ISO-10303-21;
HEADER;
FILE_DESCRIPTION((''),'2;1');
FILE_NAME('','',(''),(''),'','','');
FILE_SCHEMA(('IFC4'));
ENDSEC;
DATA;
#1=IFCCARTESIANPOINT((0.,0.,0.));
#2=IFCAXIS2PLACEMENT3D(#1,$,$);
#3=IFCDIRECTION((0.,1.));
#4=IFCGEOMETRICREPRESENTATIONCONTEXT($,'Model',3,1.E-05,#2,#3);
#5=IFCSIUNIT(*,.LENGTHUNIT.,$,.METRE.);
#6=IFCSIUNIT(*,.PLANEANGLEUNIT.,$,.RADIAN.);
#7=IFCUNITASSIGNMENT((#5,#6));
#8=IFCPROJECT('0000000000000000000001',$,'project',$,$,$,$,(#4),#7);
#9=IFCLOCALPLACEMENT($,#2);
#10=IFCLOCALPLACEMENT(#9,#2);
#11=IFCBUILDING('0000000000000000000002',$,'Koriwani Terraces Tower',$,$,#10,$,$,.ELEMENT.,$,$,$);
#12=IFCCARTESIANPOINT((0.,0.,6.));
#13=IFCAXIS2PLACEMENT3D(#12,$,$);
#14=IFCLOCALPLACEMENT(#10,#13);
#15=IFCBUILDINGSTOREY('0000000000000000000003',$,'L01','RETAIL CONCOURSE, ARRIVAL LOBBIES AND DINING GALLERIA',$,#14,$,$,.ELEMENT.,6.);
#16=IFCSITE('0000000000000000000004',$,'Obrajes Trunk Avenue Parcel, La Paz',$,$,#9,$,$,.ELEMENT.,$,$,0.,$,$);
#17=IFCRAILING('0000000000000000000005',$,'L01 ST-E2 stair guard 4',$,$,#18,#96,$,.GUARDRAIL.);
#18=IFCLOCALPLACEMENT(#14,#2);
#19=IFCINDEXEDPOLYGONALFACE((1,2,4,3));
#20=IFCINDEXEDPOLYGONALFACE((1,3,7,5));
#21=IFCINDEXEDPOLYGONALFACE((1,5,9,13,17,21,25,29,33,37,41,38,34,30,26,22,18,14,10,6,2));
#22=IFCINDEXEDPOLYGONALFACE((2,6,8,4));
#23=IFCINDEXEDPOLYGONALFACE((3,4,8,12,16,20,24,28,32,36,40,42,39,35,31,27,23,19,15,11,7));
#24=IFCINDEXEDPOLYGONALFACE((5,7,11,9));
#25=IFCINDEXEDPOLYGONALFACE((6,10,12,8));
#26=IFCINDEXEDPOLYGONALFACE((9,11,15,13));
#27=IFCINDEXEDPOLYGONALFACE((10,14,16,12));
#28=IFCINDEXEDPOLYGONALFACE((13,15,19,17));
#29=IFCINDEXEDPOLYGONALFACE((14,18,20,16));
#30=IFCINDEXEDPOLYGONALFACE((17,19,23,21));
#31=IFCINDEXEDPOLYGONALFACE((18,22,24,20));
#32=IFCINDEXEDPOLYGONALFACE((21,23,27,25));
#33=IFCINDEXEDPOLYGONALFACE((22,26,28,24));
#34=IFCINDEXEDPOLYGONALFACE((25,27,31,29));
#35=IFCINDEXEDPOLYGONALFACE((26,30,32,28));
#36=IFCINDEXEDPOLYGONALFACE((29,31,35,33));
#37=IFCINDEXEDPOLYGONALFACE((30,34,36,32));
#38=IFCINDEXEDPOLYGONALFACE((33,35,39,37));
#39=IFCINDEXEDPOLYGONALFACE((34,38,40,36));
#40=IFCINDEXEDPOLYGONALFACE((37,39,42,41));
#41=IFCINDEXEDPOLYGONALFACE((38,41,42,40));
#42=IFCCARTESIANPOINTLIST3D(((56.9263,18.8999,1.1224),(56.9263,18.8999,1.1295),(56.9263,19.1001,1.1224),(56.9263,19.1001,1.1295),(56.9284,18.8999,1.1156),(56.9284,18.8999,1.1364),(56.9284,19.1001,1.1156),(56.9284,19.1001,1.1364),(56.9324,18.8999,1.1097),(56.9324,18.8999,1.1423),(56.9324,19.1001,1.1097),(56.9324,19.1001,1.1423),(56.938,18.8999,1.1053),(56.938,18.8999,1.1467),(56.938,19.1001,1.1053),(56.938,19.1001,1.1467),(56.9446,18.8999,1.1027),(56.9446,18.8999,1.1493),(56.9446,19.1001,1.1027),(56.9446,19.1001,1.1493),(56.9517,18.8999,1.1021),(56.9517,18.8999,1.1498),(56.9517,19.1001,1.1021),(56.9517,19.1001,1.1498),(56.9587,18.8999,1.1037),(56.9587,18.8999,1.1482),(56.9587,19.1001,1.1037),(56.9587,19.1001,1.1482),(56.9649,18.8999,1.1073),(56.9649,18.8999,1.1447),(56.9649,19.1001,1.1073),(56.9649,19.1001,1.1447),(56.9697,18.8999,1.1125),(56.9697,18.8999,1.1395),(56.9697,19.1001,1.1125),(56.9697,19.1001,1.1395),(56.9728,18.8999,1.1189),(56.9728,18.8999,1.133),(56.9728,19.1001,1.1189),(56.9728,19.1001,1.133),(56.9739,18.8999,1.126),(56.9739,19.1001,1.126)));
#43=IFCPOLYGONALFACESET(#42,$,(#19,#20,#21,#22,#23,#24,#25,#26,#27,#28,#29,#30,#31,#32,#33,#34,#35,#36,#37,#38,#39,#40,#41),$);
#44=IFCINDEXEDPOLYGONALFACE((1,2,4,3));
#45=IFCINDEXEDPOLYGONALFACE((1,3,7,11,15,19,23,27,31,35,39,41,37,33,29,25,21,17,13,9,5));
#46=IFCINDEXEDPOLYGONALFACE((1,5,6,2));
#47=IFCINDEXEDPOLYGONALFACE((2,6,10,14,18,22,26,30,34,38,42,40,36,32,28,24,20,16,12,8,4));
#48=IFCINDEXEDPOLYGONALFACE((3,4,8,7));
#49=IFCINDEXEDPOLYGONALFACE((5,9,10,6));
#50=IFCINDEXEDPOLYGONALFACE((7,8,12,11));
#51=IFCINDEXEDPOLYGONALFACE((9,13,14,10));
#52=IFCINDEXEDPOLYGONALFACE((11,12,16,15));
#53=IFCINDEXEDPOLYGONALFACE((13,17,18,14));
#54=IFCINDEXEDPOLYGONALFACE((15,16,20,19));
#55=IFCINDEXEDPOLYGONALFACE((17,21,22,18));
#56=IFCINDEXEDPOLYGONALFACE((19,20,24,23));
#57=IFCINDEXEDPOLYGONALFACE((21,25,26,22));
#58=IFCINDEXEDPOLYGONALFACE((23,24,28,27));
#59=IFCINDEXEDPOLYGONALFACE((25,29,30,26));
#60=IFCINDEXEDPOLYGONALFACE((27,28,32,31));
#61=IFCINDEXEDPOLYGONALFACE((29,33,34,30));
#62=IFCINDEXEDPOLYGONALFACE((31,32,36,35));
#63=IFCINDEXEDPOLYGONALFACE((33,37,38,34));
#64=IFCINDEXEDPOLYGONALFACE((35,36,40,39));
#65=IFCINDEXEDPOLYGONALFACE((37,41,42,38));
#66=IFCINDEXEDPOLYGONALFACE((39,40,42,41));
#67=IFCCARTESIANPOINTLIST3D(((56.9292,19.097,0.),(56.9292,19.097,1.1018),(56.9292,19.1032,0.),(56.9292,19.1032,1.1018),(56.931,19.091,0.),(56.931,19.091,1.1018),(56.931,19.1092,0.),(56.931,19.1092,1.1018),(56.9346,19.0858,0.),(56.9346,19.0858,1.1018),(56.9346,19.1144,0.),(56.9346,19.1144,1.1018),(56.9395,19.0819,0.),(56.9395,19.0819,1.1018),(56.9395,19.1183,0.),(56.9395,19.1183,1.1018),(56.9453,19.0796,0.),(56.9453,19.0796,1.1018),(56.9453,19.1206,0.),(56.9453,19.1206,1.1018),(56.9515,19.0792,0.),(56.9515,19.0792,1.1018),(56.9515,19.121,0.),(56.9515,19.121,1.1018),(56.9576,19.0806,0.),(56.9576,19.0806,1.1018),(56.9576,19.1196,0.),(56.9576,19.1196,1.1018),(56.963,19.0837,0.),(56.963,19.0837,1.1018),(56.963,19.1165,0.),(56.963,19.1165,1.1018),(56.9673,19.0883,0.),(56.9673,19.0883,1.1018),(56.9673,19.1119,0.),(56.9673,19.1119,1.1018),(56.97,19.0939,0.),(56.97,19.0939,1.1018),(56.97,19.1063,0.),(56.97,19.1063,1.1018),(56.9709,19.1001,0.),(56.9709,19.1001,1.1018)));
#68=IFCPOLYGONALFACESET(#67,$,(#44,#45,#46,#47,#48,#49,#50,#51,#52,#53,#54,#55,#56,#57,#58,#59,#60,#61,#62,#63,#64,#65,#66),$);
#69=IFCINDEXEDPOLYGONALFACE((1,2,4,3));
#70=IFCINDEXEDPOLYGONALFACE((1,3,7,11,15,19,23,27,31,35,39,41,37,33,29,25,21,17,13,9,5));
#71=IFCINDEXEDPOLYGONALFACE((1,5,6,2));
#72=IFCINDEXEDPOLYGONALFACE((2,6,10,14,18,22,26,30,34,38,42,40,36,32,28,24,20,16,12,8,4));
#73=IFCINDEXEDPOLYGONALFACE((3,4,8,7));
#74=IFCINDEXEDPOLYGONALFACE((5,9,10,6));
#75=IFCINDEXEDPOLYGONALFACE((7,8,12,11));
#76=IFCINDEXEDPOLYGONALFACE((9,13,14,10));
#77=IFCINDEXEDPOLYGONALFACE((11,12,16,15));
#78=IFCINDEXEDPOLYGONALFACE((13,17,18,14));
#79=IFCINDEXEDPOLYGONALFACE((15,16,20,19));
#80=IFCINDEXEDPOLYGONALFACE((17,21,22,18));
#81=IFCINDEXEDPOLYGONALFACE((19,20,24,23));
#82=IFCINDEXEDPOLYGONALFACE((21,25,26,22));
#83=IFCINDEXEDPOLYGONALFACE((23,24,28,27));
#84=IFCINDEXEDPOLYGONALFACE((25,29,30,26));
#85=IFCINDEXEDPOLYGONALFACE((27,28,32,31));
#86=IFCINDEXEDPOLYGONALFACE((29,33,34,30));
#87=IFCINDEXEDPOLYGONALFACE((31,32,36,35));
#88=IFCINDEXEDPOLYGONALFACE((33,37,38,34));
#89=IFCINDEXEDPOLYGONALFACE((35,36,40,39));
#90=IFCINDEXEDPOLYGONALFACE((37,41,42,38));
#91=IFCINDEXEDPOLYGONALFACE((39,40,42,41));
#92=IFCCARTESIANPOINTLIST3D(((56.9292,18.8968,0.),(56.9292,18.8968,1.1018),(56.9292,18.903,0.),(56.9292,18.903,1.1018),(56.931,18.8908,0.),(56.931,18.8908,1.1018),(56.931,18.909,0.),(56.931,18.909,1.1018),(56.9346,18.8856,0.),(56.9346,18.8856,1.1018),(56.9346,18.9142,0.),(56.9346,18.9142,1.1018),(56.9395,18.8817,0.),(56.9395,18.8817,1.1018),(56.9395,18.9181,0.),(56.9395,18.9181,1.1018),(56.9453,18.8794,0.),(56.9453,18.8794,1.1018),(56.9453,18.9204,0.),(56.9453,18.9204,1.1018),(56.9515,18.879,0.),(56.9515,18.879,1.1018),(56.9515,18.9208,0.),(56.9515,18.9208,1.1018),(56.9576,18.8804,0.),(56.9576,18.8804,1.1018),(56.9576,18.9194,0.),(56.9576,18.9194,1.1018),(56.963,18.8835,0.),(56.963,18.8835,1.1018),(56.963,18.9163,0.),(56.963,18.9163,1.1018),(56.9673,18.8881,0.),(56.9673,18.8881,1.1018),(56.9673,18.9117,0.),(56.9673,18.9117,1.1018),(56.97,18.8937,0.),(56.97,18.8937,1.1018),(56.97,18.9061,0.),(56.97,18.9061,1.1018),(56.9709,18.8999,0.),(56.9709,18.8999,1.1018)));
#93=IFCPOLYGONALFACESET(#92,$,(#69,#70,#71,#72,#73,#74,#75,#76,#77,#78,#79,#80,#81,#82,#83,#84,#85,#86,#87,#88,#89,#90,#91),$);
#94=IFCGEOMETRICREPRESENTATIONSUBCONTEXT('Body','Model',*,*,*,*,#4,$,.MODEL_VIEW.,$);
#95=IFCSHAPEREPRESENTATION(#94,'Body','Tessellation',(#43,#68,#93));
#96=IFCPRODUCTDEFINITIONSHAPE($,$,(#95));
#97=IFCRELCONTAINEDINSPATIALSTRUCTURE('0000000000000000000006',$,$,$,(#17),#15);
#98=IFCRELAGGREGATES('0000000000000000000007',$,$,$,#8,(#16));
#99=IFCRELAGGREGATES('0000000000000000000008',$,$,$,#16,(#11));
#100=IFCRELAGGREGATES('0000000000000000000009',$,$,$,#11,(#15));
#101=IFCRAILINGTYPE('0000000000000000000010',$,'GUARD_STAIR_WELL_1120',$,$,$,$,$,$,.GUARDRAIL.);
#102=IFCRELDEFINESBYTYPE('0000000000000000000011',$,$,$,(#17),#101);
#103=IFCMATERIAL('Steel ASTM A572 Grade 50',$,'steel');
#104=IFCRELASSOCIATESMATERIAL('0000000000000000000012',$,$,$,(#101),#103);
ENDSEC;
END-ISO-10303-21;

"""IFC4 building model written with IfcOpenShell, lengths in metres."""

from ifc_helpers import new_model, si_unit, direction, frame, origin, origin_2d, place, context, subcontext, project, spatial, circle, extrude, material, type_object, element, save


model = new_model("IFC4")

# Units and contexts
model_context = context("Model", 3, precision=1e-05, world=origin(), true_north=direction((0.0, 1.0)))
body_context = subcontext(model_context, "Body", "Model", "MODEL_VIEW")
ifc_project = project(units=[si_unit("LENGTHUNIT", "METRE"), si_unit("PLANEANGLEUNIT", "RADIAN")], contexts=[model_context])

# Site, building, storey
site_placement = place(None, origin())
site = spatial("IfcSite", under=ifc_project, at=site_placement, Name="Obrajes Trunk Avenue Parcel, La Paz", CompositionType="ELEMENT", RefElevation=0.0)
building_placement = place(site_placement, origin())
building = spatial("IfcBuilding", under=site, at=building_placement, Name="Koriwani Terraces Tower", CompositionType="ELEMENT")
storey_placement = place(building_placement, frame((0.0, 0.0, 6.0)))
storey = spatial("IfcBuildingStorey", under=building, at=storey_placement, Name="L01", Description="RETAIL CONCOURSE, ARRIVAL LOBBIES AND DINING GALLERIA", CompositionType="ELEMENT", Elevation=6.0)

# Shared definitions
ifc_material_1 = material(Name="Steel ASTM A572 Grade 50", Category="steel")

# Railing
railing_type_1 = type_object("IfcRailingType", Name="GUARD_STAIR_WELL_1120", PredefinedType="GUARDRAIL", material=ifc_material_1)
railing_1_placement = place(storey_placement, frame((56.95, 19.1001, 0.0)))
element("IfcRailing", 1, at=railing_1_placement, inside=storey, type_object=railing_type_1, Name="L01 ST-E2 stair guard 4", PredefinedType="GUARDRAIL", context=body_context, shape_type="SweptSolid", body=[
    extrude(circle(Radius=0.0239, at=origin_2d()), frame((0.0, 0.0, 1.126), z_axis=(0.0, -1.0, 0.0), x_axis=(1.0, 0.0, 0.0)), (0.0, 0.0, 1.0), 0.2002),
    extrude(circle(Radius=0.021, at=origin_2d()), origin(), (0.0, 0.0, 1.0), 1.1018),
    extrude(circle(Radius=0.021, at=origin_2d()), frame((0.0, -0.2002, 0.0)), (0.0, 0.0, 1.0), 1.1018),
])

save(model, "model.ifc")
